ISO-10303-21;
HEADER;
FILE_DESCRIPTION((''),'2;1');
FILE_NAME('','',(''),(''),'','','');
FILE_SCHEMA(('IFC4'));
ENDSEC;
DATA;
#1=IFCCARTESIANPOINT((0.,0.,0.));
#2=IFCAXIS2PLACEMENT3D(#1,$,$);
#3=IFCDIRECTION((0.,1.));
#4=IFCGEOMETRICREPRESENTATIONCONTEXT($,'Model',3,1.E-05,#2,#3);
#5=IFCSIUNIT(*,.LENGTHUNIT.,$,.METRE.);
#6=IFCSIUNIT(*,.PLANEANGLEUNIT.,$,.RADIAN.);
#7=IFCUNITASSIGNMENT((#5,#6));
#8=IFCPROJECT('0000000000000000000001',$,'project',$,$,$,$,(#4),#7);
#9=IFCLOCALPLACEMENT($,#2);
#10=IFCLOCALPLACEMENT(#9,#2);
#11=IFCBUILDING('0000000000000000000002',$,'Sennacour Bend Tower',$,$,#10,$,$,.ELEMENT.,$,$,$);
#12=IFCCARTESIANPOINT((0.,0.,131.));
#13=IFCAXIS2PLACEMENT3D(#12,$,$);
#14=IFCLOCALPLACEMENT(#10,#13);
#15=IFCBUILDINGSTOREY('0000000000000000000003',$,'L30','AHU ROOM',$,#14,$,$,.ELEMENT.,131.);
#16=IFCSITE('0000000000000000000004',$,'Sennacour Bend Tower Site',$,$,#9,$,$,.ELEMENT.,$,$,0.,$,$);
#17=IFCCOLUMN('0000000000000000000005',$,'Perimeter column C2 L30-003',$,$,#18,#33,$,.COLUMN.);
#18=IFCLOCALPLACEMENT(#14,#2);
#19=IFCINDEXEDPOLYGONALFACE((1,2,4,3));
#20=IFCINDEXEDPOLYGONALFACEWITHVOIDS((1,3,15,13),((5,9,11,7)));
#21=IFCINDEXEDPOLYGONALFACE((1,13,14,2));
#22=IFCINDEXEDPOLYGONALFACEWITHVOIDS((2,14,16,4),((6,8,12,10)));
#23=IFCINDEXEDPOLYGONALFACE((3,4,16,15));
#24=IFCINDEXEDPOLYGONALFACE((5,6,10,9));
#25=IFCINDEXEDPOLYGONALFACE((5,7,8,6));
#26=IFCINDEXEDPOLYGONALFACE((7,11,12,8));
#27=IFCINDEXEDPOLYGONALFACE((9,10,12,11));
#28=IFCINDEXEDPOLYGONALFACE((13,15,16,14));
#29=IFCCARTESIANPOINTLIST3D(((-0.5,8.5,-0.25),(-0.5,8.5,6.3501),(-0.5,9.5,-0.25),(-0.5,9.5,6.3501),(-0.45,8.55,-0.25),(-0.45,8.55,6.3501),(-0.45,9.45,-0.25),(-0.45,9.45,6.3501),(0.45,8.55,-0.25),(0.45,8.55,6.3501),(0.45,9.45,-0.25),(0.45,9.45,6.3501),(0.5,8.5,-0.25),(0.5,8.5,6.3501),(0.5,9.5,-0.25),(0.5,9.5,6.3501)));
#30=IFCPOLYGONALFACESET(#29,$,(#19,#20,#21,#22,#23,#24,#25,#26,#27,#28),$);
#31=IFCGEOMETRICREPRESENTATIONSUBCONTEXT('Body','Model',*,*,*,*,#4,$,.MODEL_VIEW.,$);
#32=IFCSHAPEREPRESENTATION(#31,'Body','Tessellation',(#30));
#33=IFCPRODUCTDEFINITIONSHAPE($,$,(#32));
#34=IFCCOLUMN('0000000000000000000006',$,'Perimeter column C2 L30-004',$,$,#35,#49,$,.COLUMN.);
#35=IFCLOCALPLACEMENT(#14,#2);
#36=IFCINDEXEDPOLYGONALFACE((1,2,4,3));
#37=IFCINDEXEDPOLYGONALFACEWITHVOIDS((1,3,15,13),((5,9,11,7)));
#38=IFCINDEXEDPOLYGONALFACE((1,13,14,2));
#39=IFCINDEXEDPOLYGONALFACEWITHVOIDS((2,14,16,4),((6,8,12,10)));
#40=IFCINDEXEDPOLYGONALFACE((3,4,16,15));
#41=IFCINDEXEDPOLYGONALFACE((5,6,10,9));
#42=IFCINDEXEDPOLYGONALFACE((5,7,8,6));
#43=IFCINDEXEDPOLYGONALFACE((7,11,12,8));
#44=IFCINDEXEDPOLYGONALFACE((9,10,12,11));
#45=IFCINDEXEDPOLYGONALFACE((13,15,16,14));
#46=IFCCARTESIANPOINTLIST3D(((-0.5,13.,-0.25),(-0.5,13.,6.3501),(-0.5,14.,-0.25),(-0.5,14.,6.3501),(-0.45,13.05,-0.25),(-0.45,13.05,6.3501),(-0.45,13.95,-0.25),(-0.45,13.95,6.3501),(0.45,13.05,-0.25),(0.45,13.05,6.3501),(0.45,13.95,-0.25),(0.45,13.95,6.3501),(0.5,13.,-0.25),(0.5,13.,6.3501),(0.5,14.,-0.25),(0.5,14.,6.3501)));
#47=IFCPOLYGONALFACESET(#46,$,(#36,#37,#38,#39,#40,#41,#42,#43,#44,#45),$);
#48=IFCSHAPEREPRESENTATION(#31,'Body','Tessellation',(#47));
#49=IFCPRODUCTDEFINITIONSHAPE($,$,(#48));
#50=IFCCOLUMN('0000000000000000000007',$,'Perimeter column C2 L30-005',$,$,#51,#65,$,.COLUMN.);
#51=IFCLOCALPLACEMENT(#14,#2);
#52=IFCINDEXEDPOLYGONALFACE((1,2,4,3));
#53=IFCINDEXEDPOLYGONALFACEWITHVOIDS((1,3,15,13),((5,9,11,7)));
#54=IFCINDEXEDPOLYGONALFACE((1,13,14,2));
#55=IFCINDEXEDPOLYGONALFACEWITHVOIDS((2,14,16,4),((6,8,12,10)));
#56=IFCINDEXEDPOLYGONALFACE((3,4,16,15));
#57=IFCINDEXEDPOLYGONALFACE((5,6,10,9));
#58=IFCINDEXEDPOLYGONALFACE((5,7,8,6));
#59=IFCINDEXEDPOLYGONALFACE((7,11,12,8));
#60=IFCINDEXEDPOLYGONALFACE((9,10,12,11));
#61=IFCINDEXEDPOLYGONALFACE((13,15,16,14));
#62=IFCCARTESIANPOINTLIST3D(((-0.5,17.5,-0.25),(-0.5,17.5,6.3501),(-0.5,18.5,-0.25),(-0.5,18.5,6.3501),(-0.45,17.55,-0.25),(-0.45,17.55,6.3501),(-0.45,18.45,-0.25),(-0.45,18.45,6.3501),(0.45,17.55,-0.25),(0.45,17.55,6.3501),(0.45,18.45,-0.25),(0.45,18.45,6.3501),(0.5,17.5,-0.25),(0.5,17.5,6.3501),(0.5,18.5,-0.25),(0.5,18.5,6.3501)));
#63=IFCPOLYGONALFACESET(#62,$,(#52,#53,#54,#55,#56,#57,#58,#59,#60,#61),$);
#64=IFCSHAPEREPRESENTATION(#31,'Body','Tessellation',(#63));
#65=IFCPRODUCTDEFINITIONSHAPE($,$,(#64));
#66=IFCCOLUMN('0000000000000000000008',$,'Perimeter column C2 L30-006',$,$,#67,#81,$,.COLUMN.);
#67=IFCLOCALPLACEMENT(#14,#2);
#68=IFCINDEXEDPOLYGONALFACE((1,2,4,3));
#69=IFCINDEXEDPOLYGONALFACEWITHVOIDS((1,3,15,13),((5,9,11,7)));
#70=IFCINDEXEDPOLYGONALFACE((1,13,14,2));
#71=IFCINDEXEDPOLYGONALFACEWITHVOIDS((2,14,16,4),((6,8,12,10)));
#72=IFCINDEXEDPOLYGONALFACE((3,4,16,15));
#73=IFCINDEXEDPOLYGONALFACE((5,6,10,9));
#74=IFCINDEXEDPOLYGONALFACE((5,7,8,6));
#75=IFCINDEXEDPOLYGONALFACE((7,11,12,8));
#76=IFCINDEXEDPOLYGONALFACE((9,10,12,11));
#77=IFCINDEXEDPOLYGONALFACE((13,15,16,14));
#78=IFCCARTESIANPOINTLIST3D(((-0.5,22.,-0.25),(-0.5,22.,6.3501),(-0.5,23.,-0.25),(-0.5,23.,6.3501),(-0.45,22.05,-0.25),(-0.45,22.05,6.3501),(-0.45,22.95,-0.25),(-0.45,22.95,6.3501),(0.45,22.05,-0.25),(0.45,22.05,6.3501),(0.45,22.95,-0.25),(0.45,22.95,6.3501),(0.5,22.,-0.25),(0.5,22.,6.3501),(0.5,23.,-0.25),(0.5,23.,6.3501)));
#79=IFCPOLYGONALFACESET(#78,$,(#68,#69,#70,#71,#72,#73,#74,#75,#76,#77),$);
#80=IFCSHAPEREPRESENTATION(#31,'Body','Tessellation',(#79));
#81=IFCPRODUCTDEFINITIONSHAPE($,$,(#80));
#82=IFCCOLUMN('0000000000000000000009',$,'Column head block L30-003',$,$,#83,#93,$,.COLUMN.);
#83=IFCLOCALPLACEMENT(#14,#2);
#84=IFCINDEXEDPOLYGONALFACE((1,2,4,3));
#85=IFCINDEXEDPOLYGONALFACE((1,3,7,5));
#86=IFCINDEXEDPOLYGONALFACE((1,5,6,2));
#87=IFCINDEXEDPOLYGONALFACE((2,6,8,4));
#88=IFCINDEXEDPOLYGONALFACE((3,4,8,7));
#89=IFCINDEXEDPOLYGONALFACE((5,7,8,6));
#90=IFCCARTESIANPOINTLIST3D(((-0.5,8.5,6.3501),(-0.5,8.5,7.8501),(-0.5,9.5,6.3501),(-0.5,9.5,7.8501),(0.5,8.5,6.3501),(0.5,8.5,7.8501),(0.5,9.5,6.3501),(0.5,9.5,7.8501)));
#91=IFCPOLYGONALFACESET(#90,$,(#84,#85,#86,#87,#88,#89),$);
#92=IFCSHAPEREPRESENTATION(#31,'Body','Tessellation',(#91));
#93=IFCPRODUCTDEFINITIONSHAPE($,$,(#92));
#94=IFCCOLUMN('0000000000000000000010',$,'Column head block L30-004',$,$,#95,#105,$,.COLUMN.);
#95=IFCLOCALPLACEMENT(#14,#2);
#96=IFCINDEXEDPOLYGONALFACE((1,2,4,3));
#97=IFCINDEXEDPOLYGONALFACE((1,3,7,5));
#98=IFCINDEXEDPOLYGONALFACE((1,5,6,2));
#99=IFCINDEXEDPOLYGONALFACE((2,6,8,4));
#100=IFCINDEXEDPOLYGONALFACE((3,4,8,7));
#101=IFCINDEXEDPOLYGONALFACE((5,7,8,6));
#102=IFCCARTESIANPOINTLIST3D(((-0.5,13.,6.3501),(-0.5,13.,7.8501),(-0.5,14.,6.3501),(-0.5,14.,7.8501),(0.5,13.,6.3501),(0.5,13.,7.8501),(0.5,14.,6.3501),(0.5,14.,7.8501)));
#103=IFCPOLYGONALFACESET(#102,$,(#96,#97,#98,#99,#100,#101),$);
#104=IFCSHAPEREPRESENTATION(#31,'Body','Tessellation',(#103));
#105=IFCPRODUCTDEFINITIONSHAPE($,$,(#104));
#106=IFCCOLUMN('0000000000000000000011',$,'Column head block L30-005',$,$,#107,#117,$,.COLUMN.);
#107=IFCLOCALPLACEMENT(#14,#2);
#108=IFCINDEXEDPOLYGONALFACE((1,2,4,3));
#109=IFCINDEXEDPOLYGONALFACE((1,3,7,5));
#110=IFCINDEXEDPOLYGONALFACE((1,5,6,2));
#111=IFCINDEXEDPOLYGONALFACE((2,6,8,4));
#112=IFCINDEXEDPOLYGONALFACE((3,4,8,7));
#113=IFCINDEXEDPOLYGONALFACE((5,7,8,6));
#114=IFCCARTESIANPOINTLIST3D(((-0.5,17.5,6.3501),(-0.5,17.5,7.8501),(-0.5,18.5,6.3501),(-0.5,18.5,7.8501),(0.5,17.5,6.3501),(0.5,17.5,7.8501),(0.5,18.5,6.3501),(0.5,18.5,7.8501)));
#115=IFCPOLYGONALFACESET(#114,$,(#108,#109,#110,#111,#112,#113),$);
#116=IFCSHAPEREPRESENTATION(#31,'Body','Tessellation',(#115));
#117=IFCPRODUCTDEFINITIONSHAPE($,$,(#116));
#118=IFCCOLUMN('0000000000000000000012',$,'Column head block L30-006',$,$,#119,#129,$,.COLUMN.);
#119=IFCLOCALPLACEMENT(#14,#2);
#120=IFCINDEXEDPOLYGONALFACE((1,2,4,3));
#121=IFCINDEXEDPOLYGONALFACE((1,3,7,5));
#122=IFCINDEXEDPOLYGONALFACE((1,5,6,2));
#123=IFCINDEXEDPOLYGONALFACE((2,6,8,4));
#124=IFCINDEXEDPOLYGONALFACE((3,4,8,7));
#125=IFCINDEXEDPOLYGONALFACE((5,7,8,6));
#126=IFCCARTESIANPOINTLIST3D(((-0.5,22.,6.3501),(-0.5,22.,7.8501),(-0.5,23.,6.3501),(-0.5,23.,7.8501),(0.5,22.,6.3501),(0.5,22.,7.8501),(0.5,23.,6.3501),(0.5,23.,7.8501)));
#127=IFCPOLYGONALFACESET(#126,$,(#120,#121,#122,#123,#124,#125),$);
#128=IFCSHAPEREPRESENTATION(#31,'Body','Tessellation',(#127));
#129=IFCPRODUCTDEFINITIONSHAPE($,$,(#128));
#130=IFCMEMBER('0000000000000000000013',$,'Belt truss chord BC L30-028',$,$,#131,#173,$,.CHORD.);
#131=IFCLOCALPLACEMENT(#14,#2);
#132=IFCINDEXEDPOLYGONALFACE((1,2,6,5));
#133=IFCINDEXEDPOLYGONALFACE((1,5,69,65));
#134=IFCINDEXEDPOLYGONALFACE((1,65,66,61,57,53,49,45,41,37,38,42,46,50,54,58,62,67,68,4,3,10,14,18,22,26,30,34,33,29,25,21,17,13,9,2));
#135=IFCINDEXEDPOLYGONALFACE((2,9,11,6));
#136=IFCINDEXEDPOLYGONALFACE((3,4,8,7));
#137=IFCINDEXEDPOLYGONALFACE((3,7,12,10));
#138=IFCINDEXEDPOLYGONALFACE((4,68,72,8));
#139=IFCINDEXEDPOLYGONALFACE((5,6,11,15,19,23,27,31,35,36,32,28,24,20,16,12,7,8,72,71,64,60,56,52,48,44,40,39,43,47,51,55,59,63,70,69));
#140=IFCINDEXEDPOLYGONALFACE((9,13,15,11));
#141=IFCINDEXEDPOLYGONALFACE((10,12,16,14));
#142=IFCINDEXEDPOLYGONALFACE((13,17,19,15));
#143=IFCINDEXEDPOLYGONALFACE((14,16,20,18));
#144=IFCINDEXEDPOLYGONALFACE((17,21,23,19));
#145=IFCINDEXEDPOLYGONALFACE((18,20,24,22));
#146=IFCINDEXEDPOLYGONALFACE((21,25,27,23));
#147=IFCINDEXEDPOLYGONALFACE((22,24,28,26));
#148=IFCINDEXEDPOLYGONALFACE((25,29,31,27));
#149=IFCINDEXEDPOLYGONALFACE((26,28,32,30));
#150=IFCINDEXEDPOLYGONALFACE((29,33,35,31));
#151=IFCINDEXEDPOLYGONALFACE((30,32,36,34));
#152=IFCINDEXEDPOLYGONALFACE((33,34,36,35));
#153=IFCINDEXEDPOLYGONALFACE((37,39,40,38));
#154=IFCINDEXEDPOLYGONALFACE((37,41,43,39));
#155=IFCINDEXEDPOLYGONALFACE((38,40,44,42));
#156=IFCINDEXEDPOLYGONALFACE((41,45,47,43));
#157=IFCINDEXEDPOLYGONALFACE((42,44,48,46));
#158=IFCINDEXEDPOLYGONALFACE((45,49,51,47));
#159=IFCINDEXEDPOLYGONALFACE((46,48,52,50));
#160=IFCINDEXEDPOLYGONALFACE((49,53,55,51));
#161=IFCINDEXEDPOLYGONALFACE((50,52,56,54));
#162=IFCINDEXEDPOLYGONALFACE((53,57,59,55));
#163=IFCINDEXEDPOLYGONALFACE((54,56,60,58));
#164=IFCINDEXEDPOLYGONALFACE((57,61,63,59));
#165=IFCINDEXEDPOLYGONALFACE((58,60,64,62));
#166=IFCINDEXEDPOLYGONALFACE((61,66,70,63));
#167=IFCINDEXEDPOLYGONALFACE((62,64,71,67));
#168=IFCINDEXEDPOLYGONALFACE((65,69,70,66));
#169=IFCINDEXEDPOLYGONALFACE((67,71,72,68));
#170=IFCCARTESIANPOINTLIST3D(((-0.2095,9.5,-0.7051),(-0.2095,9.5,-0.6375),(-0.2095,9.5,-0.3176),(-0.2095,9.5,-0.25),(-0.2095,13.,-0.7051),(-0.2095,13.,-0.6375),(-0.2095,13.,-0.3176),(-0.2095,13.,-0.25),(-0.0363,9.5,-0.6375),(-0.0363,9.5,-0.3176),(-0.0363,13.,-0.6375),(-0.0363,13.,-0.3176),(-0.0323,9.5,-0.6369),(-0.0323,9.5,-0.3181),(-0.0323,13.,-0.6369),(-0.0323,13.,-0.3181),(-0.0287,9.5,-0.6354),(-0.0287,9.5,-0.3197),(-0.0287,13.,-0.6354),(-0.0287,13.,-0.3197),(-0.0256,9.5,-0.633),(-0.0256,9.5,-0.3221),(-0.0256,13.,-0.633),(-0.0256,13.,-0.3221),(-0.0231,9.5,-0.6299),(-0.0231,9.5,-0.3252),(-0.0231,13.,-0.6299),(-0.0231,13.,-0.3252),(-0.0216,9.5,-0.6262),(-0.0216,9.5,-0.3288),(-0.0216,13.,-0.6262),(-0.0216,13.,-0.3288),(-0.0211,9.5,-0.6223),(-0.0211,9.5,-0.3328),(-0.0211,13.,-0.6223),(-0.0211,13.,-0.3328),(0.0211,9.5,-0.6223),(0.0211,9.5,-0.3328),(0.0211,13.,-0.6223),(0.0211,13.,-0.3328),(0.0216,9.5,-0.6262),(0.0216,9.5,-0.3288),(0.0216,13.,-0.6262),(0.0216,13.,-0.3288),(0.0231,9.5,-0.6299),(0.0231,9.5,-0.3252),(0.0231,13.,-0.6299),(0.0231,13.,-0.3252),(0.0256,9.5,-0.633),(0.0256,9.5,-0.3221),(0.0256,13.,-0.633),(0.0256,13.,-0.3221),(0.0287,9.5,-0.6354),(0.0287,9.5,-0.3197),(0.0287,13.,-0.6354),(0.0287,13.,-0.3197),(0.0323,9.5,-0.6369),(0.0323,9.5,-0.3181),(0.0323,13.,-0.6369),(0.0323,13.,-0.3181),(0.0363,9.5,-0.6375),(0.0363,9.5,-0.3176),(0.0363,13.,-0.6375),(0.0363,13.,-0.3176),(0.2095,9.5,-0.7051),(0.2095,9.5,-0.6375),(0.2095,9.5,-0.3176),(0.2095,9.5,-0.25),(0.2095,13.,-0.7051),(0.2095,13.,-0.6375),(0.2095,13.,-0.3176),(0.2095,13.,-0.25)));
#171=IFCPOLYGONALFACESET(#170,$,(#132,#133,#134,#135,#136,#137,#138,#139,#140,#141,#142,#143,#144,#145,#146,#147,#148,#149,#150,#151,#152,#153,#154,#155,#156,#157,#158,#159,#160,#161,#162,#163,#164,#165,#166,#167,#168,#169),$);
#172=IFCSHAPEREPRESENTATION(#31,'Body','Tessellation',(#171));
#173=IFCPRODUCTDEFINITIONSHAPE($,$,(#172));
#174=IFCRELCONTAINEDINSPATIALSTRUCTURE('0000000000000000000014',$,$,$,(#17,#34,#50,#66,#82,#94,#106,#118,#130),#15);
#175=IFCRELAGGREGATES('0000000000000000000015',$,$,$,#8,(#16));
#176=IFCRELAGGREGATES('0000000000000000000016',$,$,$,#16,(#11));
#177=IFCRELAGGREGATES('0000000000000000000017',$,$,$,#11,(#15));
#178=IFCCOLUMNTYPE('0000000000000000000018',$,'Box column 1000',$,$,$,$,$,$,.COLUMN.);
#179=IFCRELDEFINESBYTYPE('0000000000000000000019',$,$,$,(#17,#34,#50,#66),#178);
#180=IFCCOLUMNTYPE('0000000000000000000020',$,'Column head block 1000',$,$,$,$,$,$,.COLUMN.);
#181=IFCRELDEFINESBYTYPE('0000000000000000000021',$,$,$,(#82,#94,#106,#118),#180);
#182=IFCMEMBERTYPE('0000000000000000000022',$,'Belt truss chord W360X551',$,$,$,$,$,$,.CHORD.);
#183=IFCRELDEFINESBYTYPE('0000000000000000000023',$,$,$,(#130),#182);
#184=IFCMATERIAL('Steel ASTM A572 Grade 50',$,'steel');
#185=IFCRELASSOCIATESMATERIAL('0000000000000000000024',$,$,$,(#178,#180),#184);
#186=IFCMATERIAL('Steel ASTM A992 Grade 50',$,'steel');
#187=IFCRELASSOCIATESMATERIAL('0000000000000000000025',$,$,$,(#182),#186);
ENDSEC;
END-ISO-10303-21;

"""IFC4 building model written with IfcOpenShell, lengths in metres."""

from ifc_helpers import new_model, si_unit, direction, frame, origin, origin_2d, place, context, subcontext, project, spatial, rectangle, hollow_rectangle, i_section, extrude, material, material_profile, profile_set, type_object, element, save


model = new_model("IFC4")

# Units and contexts
model_context = context("Model", 3, precision=1e-05, world=origin(), true_north=direction((0.0, 1.0)))
body_context = subcontext(model_context, "Body", "Model", "MODEL_VIEW")
ifc_project = project(units=[si_unit("LENGTHUNIT", "METRE"), si_unit("PLANEANGLEUNIT", "RADIAN")], contexts=[model_context])

# Site, building, storey
site_placement = place(None, origin())
site = spatial("IfcSite", under=ifc_project, at=site_placement, Name="Sennacour Bend Tower Site", CompositionType="ELEMENT", RefElevation=0.0)
building_placement = place(site_placement, origin())
building = spatial("IfcBuilding", under=site, at=building_placement, Name="Sennacour Bend Tower", CompositionType="ELEMENT")
storey_placement = place(building_placement, frame((0.0, 0.0, 131.0)))
storey = spatial("IfcBuildingStorey", under=building, at=storey_placement, Name="L30", Description="AHU ROOM", CompositionType="ELEMENT", Elevation=131.0)

# Columns
ifc_material_1 = material(Name="Steel ASTM A572 Grade 50", Category="steel")
ifc_material_profile_1 = material_profile(ifc_material_1, hollow_rectangle(XDim=1.0, YDim=1.0, WallThickness=0.05, at=origin_2d()), Name="Steel ASTM A572 Grade 50", Category="steel")
ifc_profile_set_1 = profile_set([ifc_material_profile_1], Name="Steel ASTM A572 Grade 50")
column_type_1 = type_object("IfcColumnType", Name="Box column 1000", PredefinedType="COLUMN", material=ifc_profile_set_1)
for number, where, z_axis, x_axis, name in (
    (1, (0.0, 9.0, -0.25), (0.0, 0.0, 1.0), (1.0, 0.0, 0.0), "Perimeter column C2 L30-003"),
    (2, (0.0, 13.5, -0.25), (0.0, 0.0, 1.0), (1.0, 0.0, 0.0), "Perimeter column C2 L30-004"),
    (3, (0.0, 18.0, -0.25), (0.0, 0.0, 1.0), (1.0, 0.0, 0.0), "Perimeter column C2 L30-005"),
    (4, (0.0, 22.5, -0.25), (0.0, 0.0, 1.0), (1.0, 0.0, 0.0), "Perimeter column C2 L30-006"),
):
    element("IfcColumn", number, at=place(storey_placement, frame(where, z_axis=z_axis, x_axis=x_axis)), inside=storey, type_object=column_type_1, Name=name, PredefinedType="COLUMN", context=body_context, shape_type="SweptSolid", body=[
        extrude(hollow_rectangle(XDim=1.0, YDim=1.0, WallThickness=0.05, at=origin_2d()), origin(), (0.0, 0.0, 1.0), 6.6001),
    ])
ifc_material_profile_2 = material_profile(ifc_material_1, rectangle(XDim=1.0, YDim=1.0, at=origin_2d()), Name="Steel ASTM A572 Grade 50", Category="steel")
ifc_profile_set_2 = profile_set([ifc_material_profile_2], Name="Steel ASTM A572 Grade 50")
column_type_2 = type_object("IfcColumnType", Name="Column head block 1000", PredefinedType="COLUMN", material=ifc_profile_set_2)
for number, where, z_axis, x_axis, name in (
    (5, (0.0, 9.0, 6.3501), (0.0, 0.0, 1.0), (1.0, 0.0, 0.0), "Column head block L30-003"),
    (6, (0.0, 13.5, 6.3501), (0.0, 0.0, 1.0), (1.0, 0.0, 0.0), "Column head block L30-004"),
    (7, (0.0, 18.0, 6.3501), (0.0, 0.0, 1.0), (1.0, 0.0, 0.0), "Column head block L30-005"),
    (8, (0.0, 22.5, 6.3501), (0.0, 0.0, 1.0), (1.0, 0.0, 0.0), "Column head block L30-006"),
):
    element("IfcColumn", number, at=place(storey_placement, frame(where, z_axis=z_axis, x_axis=x_axis)), inside=storey, type_object=column_type_2, Name=name, PredefinedType="COLUMN", context=body_context, shape_type="SweptSolid", body=[
        extrude(rectangle(XDim=1.0, YDim=1.0, at=origin_2d()), origin(), (0.0, 0.0, 1.0), 1.5),
    ])

# Member
ifc_material_2 = material(Name="Steel ASTM A992 Grade 50", Category="steel")
ifc_material_profile_3 = material_profile(ifc_material_2, i_section(OverallWidth=0.4189, OverallDepth=0.4551, WebThickness=0.0422, FlangeThickness=0.0676, FilletRadius=0.0151, at=origin_2d()), Name="Steel ASTM A992 Grade 50", Category="steel")
ifc_profile_set_3 = profile_set([ifc_material_profile_3], Name="Steel ASTM A992 Grade 50")
member_type_1 = type_object("IfcMemberType", Name="Belt truss chord W360X551", PredefinedType="CHORD", material=ifc_profile_set_3)
for number, where, z_axis, x_axis, name in (
    (9, (0.0, 9.5, -0.4775), (0.0, 1.0, 0.0), (-1.0, 0.0, 0.0), "Belt truss chord BC L30-028"),
):
    element("IfcMember", number, at=place(storey_placement, frame(where, z_axis=z_axis, x_axis=x_axis)), inside=storey, type_object=member_type_1, Name=name, PredefinedType="CHORD", context=body_context, shape_type="SweptSolid", body=[
        extrude(i_section(OverallWidth=0.4189, OverallDepth=0.4551, WebThickness=0.0422, FlangeThickness=0.0676, FilletRadius=0.0151, at=origin_2d()), origin(), (0.0, 0.0, 1.0), 3.5),
    ])

save(model, "model.ifc")
